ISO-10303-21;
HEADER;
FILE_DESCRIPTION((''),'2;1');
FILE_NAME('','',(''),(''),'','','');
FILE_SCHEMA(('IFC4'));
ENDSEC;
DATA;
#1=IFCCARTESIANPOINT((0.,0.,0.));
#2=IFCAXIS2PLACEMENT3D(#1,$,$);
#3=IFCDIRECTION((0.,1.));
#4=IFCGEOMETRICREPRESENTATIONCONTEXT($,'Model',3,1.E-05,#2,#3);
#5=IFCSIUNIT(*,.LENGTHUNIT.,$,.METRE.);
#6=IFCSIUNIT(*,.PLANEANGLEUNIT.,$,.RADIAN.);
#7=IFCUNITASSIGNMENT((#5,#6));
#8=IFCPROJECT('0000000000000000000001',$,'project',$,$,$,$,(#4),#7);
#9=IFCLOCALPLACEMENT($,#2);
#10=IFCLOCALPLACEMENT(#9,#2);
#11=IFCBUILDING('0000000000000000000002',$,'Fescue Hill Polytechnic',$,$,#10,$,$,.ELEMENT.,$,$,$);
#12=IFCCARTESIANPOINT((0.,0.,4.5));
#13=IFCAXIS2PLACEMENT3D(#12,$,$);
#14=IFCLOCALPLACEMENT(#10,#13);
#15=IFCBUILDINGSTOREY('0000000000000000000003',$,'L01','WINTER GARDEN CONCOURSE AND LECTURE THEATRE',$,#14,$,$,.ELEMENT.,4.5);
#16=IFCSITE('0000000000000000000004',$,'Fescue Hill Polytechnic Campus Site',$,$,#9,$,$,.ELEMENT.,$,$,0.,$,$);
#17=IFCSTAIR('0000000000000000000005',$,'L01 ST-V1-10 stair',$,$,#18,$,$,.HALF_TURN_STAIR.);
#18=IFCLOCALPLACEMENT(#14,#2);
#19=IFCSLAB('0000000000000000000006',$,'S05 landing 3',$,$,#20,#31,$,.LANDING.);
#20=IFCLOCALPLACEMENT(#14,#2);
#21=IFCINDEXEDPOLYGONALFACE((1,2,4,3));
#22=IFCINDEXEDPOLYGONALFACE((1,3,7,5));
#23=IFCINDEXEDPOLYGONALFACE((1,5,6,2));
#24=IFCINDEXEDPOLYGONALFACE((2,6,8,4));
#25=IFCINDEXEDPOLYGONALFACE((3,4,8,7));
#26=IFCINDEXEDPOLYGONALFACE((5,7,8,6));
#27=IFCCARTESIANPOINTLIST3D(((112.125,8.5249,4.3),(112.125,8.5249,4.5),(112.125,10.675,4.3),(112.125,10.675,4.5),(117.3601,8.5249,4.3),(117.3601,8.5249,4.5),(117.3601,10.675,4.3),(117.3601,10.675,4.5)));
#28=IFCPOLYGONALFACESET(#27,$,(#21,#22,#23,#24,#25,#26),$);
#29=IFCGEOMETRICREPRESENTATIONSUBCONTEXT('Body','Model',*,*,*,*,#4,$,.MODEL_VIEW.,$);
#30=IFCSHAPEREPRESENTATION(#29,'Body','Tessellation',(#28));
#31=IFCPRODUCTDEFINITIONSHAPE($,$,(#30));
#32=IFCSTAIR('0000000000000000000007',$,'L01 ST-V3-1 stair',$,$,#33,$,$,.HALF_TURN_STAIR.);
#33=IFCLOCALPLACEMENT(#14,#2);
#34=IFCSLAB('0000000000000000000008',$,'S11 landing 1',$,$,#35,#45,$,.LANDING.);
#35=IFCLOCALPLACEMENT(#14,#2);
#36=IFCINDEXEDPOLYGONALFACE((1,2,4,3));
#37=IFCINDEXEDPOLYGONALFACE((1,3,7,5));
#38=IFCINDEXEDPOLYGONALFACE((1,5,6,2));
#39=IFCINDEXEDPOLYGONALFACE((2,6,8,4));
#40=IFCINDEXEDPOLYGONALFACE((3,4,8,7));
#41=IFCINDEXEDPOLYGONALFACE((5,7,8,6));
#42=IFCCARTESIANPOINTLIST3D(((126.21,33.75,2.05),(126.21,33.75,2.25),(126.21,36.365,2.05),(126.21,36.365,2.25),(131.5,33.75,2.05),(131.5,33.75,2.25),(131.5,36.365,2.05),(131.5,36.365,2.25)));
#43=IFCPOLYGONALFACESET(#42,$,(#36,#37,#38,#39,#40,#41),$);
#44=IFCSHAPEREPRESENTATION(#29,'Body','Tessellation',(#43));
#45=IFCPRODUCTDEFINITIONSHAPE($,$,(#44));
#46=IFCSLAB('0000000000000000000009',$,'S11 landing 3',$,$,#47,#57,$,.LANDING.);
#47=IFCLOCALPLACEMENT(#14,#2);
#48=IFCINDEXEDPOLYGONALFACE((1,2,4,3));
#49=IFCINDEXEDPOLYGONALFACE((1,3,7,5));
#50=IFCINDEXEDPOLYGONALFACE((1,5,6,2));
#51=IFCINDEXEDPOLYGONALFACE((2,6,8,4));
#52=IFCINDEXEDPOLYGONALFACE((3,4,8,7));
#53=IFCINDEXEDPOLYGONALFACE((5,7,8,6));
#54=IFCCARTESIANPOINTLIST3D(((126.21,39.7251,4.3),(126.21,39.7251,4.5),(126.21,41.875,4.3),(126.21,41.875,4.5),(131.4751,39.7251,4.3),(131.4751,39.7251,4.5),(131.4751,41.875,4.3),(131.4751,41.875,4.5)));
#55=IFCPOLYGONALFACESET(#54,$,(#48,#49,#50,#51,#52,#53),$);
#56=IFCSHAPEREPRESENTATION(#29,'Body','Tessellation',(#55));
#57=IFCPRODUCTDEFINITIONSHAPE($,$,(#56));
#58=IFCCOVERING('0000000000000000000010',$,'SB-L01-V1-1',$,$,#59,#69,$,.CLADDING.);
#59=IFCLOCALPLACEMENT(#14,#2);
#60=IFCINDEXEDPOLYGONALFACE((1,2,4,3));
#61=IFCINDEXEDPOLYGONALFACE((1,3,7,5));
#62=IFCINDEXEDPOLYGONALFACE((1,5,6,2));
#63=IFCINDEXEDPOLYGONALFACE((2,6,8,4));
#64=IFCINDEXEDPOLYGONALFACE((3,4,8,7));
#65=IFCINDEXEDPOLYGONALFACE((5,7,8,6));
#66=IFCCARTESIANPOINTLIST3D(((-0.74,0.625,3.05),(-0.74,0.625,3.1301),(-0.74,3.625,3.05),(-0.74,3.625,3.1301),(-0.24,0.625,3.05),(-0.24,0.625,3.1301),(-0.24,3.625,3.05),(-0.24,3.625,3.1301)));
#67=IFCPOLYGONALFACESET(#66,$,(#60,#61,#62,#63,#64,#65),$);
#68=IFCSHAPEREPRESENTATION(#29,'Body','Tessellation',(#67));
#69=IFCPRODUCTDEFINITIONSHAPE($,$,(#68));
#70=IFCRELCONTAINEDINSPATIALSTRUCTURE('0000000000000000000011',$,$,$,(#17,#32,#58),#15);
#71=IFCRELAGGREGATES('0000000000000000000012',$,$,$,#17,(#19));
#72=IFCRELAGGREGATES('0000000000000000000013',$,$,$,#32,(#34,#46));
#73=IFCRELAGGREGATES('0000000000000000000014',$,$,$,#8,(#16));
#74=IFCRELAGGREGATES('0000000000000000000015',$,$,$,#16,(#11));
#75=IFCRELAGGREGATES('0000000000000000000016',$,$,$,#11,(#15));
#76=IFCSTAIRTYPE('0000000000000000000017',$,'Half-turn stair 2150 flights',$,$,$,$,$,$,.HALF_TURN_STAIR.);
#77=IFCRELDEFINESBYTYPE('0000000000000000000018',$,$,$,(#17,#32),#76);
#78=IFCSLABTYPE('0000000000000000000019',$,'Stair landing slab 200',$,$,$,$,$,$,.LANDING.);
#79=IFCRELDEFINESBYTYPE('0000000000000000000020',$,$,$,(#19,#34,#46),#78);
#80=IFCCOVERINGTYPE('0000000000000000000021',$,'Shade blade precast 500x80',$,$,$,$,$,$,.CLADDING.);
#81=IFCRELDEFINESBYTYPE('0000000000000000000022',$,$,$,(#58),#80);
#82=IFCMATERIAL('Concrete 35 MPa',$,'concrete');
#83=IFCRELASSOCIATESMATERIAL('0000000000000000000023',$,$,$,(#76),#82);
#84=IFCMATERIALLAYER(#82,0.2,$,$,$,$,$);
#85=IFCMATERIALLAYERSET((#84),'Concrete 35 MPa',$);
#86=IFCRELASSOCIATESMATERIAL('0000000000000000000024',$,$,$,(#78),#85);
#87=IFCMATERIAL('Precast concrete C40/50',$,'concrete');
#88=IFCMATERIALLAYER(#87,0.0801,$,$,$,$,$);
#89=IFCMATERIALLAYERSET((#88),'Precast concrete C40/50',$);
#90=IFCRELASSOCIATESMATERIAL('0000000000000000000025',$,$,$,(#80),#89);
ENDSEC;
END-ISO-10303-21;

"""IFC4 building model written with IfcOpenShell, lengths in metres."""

from ifc_helpers import new_model, si_unit, direction, frame, origin, origin_2d, place, context, subcontext, project, spatial, polyline, rectangle, outline, extrude, material, layer, layer_set, type_object, element, aggregate, save


model = new_model("IFC4")

# Units and contexts
model_context = context("Model", 3, precision=1e-05, world=origin(), true_north=direction((0.0, 1.0)))
body_context = subcontext(model_context, "Body", "Model", "MODEL_VIEW")
ifc_project = project(units=[si_unit("LENGTHUNIT", "METRE"), si_unit("PLANEANGLEUNIT", "RADIAN")], contexts=[model_context])

# Site, building, storey
site_placement = place(None, origin())
site = spatial("IfcSite", under=ifc_project, at=site_placement, Name="Fescue Hill Polytechnic Campus Site", CompositionType="ELEMENT", RefElevation=0.0)
building_placement = place(site_placement, origin())
building = spatial("IfcBuilding", under=site, at=building_placement, Name="Fescue Hill Polytechnic", CompositionType="ELEMENT")
storey_placement = place(building_placement, frame((0.0, 0.0, 4.5)))
storey = spatial("IfcBuildingStorey", under=building, at=storey_placement, Name="L01", Description="WINTER GARDEN CONCOURSE AND LECTURE THEATRE", CompositionType="ELEMENT", Elevation=4.5)

# Shared definitions
ifc_material_1 = material(Name="Concrete 35 MPa", Category="concrete")

# Stairs, slabs
stair_type = type_object("IfcStairType", Name="Half-turn stair 2150 flights", PredefinedType="HALF_TURN_STAIR", material=ifc_material_1)
ifc_layer_1 = layer(ifc_material_1, 0.2)
ifc_layer_set_1 = layer_set([ifc_layer_1], Name="Concrete 35 MPa")
slab_type = type_object("IfcSlabType", Name="Stair landing slab 200", PredefinedType="LANDING", material=ifc_layer_set_1)
stair_1_placement = place(storey_placement, origin())
stair_1 = element("IfcStair", 1, at=stair_1_placement, inside=storey, type_object=stair_type, Name="L01 ST-V1-10 stair", PredefinedType="HALF_TURN_STAIR")
slab_1_placement = place(storey_placement, frame((0.0, 0.0, 4.3)))
slab_1 = element("IfcSlab", 2, at=slab_1_placement, type_object=slab_type, Name="S05 landing 3", PredefinedType="LANDING", context=body_context, shape_type="SweptSolid", body=[
    extrude(outline(polyline([(112.125, 8.5249), (117.3601, 8.5249), (117.3601, 10.675), (112.125, 10.675), (112.125, 8.5249)])), origin(), (0.0, 0.0, 1.0), 0.2),
])
aggregate(stair_1, [slab_1])
stair_2_placement = place(storey_placement, origin())
stair_2 = element("IfcStair", 3, at=stair_2_placement, inside=storey, type_object=stair_type, Name="L01 ST-V3-1 stair", PredefinedType="HALF_TURN_STAIR")
slab_2_placement = place(storey_placement, frame((0.0, 0.0, 2.05)))
slab_2 = element("IfcSlab", 4, at=slab_2_placement, type_object=slab_type, Name="S11 landing 1", PredefinedType="LANDING", context=body_context, shape_type="SweptSolid", body=[
    extrude(outline(polyline([(126.21, 33.75), (131.5, 33.75), (131.5, 36.365), (126.21, 36.365), (126.21, 33.75)])), origin(), (0.0, 0.0, 1.0), 0.2),
])
slab_3_placement = place(storey_placement, frame((0.0, 0.0, 4.3)))
slab_3 = element("IfcSlab", 5, at=slab_3_placement, type_object=slab_type, Name="S11 landing 3", PredefinedType="LANDING", context=body_context, shape_type="SweptSolid", body=[
    extrude(outline(polyline([(126.21, 39.7251), (131.4751, 39.7251), (131.4751, 41.875), (126.21, 41.875), (126.21, 39.7251)])), origin(), (0.0, 0.0, 1.0), 0.2),
])
aggregate(stair_2, [slab_2, slab_3])

# Covering
ifc_material_2 = material(Name="Precast concrete C40/50", Category="concrete")
ifc_layer_2 = layer(ifc_material_2, 0.0801)
ifc_layer_set_2 = layer_set([ifc_layer_2], Name="Precast concrete C40/50")
covering_type = type_object("IfcCoveringType", Name="Shade blade precast 500x80", PredefinedType="CLADDING", material=ifc_layer_set_2)
covering_placement = place(storey_placement, frame((-0.49, 2.125, 3.05), z_axis=(0.0, 0.0, 1.0), x_axis=(0.0, -1.0, 0.0)))
element("IfcCovering", 6, at=covering_placement, inside=storey, type_object=covering_type, Name="SB-L01-V1-1", PredefinedType="CLADDING", context=body_context, shape_type="SweptSolid", body=[
    extrude(rectangle(XDim=3.0, YDim=0.5, at=origin_2d()), origin(), (0.0, 0.0, 1.0), 0.0801),
])

save(model, "model.ifc")
